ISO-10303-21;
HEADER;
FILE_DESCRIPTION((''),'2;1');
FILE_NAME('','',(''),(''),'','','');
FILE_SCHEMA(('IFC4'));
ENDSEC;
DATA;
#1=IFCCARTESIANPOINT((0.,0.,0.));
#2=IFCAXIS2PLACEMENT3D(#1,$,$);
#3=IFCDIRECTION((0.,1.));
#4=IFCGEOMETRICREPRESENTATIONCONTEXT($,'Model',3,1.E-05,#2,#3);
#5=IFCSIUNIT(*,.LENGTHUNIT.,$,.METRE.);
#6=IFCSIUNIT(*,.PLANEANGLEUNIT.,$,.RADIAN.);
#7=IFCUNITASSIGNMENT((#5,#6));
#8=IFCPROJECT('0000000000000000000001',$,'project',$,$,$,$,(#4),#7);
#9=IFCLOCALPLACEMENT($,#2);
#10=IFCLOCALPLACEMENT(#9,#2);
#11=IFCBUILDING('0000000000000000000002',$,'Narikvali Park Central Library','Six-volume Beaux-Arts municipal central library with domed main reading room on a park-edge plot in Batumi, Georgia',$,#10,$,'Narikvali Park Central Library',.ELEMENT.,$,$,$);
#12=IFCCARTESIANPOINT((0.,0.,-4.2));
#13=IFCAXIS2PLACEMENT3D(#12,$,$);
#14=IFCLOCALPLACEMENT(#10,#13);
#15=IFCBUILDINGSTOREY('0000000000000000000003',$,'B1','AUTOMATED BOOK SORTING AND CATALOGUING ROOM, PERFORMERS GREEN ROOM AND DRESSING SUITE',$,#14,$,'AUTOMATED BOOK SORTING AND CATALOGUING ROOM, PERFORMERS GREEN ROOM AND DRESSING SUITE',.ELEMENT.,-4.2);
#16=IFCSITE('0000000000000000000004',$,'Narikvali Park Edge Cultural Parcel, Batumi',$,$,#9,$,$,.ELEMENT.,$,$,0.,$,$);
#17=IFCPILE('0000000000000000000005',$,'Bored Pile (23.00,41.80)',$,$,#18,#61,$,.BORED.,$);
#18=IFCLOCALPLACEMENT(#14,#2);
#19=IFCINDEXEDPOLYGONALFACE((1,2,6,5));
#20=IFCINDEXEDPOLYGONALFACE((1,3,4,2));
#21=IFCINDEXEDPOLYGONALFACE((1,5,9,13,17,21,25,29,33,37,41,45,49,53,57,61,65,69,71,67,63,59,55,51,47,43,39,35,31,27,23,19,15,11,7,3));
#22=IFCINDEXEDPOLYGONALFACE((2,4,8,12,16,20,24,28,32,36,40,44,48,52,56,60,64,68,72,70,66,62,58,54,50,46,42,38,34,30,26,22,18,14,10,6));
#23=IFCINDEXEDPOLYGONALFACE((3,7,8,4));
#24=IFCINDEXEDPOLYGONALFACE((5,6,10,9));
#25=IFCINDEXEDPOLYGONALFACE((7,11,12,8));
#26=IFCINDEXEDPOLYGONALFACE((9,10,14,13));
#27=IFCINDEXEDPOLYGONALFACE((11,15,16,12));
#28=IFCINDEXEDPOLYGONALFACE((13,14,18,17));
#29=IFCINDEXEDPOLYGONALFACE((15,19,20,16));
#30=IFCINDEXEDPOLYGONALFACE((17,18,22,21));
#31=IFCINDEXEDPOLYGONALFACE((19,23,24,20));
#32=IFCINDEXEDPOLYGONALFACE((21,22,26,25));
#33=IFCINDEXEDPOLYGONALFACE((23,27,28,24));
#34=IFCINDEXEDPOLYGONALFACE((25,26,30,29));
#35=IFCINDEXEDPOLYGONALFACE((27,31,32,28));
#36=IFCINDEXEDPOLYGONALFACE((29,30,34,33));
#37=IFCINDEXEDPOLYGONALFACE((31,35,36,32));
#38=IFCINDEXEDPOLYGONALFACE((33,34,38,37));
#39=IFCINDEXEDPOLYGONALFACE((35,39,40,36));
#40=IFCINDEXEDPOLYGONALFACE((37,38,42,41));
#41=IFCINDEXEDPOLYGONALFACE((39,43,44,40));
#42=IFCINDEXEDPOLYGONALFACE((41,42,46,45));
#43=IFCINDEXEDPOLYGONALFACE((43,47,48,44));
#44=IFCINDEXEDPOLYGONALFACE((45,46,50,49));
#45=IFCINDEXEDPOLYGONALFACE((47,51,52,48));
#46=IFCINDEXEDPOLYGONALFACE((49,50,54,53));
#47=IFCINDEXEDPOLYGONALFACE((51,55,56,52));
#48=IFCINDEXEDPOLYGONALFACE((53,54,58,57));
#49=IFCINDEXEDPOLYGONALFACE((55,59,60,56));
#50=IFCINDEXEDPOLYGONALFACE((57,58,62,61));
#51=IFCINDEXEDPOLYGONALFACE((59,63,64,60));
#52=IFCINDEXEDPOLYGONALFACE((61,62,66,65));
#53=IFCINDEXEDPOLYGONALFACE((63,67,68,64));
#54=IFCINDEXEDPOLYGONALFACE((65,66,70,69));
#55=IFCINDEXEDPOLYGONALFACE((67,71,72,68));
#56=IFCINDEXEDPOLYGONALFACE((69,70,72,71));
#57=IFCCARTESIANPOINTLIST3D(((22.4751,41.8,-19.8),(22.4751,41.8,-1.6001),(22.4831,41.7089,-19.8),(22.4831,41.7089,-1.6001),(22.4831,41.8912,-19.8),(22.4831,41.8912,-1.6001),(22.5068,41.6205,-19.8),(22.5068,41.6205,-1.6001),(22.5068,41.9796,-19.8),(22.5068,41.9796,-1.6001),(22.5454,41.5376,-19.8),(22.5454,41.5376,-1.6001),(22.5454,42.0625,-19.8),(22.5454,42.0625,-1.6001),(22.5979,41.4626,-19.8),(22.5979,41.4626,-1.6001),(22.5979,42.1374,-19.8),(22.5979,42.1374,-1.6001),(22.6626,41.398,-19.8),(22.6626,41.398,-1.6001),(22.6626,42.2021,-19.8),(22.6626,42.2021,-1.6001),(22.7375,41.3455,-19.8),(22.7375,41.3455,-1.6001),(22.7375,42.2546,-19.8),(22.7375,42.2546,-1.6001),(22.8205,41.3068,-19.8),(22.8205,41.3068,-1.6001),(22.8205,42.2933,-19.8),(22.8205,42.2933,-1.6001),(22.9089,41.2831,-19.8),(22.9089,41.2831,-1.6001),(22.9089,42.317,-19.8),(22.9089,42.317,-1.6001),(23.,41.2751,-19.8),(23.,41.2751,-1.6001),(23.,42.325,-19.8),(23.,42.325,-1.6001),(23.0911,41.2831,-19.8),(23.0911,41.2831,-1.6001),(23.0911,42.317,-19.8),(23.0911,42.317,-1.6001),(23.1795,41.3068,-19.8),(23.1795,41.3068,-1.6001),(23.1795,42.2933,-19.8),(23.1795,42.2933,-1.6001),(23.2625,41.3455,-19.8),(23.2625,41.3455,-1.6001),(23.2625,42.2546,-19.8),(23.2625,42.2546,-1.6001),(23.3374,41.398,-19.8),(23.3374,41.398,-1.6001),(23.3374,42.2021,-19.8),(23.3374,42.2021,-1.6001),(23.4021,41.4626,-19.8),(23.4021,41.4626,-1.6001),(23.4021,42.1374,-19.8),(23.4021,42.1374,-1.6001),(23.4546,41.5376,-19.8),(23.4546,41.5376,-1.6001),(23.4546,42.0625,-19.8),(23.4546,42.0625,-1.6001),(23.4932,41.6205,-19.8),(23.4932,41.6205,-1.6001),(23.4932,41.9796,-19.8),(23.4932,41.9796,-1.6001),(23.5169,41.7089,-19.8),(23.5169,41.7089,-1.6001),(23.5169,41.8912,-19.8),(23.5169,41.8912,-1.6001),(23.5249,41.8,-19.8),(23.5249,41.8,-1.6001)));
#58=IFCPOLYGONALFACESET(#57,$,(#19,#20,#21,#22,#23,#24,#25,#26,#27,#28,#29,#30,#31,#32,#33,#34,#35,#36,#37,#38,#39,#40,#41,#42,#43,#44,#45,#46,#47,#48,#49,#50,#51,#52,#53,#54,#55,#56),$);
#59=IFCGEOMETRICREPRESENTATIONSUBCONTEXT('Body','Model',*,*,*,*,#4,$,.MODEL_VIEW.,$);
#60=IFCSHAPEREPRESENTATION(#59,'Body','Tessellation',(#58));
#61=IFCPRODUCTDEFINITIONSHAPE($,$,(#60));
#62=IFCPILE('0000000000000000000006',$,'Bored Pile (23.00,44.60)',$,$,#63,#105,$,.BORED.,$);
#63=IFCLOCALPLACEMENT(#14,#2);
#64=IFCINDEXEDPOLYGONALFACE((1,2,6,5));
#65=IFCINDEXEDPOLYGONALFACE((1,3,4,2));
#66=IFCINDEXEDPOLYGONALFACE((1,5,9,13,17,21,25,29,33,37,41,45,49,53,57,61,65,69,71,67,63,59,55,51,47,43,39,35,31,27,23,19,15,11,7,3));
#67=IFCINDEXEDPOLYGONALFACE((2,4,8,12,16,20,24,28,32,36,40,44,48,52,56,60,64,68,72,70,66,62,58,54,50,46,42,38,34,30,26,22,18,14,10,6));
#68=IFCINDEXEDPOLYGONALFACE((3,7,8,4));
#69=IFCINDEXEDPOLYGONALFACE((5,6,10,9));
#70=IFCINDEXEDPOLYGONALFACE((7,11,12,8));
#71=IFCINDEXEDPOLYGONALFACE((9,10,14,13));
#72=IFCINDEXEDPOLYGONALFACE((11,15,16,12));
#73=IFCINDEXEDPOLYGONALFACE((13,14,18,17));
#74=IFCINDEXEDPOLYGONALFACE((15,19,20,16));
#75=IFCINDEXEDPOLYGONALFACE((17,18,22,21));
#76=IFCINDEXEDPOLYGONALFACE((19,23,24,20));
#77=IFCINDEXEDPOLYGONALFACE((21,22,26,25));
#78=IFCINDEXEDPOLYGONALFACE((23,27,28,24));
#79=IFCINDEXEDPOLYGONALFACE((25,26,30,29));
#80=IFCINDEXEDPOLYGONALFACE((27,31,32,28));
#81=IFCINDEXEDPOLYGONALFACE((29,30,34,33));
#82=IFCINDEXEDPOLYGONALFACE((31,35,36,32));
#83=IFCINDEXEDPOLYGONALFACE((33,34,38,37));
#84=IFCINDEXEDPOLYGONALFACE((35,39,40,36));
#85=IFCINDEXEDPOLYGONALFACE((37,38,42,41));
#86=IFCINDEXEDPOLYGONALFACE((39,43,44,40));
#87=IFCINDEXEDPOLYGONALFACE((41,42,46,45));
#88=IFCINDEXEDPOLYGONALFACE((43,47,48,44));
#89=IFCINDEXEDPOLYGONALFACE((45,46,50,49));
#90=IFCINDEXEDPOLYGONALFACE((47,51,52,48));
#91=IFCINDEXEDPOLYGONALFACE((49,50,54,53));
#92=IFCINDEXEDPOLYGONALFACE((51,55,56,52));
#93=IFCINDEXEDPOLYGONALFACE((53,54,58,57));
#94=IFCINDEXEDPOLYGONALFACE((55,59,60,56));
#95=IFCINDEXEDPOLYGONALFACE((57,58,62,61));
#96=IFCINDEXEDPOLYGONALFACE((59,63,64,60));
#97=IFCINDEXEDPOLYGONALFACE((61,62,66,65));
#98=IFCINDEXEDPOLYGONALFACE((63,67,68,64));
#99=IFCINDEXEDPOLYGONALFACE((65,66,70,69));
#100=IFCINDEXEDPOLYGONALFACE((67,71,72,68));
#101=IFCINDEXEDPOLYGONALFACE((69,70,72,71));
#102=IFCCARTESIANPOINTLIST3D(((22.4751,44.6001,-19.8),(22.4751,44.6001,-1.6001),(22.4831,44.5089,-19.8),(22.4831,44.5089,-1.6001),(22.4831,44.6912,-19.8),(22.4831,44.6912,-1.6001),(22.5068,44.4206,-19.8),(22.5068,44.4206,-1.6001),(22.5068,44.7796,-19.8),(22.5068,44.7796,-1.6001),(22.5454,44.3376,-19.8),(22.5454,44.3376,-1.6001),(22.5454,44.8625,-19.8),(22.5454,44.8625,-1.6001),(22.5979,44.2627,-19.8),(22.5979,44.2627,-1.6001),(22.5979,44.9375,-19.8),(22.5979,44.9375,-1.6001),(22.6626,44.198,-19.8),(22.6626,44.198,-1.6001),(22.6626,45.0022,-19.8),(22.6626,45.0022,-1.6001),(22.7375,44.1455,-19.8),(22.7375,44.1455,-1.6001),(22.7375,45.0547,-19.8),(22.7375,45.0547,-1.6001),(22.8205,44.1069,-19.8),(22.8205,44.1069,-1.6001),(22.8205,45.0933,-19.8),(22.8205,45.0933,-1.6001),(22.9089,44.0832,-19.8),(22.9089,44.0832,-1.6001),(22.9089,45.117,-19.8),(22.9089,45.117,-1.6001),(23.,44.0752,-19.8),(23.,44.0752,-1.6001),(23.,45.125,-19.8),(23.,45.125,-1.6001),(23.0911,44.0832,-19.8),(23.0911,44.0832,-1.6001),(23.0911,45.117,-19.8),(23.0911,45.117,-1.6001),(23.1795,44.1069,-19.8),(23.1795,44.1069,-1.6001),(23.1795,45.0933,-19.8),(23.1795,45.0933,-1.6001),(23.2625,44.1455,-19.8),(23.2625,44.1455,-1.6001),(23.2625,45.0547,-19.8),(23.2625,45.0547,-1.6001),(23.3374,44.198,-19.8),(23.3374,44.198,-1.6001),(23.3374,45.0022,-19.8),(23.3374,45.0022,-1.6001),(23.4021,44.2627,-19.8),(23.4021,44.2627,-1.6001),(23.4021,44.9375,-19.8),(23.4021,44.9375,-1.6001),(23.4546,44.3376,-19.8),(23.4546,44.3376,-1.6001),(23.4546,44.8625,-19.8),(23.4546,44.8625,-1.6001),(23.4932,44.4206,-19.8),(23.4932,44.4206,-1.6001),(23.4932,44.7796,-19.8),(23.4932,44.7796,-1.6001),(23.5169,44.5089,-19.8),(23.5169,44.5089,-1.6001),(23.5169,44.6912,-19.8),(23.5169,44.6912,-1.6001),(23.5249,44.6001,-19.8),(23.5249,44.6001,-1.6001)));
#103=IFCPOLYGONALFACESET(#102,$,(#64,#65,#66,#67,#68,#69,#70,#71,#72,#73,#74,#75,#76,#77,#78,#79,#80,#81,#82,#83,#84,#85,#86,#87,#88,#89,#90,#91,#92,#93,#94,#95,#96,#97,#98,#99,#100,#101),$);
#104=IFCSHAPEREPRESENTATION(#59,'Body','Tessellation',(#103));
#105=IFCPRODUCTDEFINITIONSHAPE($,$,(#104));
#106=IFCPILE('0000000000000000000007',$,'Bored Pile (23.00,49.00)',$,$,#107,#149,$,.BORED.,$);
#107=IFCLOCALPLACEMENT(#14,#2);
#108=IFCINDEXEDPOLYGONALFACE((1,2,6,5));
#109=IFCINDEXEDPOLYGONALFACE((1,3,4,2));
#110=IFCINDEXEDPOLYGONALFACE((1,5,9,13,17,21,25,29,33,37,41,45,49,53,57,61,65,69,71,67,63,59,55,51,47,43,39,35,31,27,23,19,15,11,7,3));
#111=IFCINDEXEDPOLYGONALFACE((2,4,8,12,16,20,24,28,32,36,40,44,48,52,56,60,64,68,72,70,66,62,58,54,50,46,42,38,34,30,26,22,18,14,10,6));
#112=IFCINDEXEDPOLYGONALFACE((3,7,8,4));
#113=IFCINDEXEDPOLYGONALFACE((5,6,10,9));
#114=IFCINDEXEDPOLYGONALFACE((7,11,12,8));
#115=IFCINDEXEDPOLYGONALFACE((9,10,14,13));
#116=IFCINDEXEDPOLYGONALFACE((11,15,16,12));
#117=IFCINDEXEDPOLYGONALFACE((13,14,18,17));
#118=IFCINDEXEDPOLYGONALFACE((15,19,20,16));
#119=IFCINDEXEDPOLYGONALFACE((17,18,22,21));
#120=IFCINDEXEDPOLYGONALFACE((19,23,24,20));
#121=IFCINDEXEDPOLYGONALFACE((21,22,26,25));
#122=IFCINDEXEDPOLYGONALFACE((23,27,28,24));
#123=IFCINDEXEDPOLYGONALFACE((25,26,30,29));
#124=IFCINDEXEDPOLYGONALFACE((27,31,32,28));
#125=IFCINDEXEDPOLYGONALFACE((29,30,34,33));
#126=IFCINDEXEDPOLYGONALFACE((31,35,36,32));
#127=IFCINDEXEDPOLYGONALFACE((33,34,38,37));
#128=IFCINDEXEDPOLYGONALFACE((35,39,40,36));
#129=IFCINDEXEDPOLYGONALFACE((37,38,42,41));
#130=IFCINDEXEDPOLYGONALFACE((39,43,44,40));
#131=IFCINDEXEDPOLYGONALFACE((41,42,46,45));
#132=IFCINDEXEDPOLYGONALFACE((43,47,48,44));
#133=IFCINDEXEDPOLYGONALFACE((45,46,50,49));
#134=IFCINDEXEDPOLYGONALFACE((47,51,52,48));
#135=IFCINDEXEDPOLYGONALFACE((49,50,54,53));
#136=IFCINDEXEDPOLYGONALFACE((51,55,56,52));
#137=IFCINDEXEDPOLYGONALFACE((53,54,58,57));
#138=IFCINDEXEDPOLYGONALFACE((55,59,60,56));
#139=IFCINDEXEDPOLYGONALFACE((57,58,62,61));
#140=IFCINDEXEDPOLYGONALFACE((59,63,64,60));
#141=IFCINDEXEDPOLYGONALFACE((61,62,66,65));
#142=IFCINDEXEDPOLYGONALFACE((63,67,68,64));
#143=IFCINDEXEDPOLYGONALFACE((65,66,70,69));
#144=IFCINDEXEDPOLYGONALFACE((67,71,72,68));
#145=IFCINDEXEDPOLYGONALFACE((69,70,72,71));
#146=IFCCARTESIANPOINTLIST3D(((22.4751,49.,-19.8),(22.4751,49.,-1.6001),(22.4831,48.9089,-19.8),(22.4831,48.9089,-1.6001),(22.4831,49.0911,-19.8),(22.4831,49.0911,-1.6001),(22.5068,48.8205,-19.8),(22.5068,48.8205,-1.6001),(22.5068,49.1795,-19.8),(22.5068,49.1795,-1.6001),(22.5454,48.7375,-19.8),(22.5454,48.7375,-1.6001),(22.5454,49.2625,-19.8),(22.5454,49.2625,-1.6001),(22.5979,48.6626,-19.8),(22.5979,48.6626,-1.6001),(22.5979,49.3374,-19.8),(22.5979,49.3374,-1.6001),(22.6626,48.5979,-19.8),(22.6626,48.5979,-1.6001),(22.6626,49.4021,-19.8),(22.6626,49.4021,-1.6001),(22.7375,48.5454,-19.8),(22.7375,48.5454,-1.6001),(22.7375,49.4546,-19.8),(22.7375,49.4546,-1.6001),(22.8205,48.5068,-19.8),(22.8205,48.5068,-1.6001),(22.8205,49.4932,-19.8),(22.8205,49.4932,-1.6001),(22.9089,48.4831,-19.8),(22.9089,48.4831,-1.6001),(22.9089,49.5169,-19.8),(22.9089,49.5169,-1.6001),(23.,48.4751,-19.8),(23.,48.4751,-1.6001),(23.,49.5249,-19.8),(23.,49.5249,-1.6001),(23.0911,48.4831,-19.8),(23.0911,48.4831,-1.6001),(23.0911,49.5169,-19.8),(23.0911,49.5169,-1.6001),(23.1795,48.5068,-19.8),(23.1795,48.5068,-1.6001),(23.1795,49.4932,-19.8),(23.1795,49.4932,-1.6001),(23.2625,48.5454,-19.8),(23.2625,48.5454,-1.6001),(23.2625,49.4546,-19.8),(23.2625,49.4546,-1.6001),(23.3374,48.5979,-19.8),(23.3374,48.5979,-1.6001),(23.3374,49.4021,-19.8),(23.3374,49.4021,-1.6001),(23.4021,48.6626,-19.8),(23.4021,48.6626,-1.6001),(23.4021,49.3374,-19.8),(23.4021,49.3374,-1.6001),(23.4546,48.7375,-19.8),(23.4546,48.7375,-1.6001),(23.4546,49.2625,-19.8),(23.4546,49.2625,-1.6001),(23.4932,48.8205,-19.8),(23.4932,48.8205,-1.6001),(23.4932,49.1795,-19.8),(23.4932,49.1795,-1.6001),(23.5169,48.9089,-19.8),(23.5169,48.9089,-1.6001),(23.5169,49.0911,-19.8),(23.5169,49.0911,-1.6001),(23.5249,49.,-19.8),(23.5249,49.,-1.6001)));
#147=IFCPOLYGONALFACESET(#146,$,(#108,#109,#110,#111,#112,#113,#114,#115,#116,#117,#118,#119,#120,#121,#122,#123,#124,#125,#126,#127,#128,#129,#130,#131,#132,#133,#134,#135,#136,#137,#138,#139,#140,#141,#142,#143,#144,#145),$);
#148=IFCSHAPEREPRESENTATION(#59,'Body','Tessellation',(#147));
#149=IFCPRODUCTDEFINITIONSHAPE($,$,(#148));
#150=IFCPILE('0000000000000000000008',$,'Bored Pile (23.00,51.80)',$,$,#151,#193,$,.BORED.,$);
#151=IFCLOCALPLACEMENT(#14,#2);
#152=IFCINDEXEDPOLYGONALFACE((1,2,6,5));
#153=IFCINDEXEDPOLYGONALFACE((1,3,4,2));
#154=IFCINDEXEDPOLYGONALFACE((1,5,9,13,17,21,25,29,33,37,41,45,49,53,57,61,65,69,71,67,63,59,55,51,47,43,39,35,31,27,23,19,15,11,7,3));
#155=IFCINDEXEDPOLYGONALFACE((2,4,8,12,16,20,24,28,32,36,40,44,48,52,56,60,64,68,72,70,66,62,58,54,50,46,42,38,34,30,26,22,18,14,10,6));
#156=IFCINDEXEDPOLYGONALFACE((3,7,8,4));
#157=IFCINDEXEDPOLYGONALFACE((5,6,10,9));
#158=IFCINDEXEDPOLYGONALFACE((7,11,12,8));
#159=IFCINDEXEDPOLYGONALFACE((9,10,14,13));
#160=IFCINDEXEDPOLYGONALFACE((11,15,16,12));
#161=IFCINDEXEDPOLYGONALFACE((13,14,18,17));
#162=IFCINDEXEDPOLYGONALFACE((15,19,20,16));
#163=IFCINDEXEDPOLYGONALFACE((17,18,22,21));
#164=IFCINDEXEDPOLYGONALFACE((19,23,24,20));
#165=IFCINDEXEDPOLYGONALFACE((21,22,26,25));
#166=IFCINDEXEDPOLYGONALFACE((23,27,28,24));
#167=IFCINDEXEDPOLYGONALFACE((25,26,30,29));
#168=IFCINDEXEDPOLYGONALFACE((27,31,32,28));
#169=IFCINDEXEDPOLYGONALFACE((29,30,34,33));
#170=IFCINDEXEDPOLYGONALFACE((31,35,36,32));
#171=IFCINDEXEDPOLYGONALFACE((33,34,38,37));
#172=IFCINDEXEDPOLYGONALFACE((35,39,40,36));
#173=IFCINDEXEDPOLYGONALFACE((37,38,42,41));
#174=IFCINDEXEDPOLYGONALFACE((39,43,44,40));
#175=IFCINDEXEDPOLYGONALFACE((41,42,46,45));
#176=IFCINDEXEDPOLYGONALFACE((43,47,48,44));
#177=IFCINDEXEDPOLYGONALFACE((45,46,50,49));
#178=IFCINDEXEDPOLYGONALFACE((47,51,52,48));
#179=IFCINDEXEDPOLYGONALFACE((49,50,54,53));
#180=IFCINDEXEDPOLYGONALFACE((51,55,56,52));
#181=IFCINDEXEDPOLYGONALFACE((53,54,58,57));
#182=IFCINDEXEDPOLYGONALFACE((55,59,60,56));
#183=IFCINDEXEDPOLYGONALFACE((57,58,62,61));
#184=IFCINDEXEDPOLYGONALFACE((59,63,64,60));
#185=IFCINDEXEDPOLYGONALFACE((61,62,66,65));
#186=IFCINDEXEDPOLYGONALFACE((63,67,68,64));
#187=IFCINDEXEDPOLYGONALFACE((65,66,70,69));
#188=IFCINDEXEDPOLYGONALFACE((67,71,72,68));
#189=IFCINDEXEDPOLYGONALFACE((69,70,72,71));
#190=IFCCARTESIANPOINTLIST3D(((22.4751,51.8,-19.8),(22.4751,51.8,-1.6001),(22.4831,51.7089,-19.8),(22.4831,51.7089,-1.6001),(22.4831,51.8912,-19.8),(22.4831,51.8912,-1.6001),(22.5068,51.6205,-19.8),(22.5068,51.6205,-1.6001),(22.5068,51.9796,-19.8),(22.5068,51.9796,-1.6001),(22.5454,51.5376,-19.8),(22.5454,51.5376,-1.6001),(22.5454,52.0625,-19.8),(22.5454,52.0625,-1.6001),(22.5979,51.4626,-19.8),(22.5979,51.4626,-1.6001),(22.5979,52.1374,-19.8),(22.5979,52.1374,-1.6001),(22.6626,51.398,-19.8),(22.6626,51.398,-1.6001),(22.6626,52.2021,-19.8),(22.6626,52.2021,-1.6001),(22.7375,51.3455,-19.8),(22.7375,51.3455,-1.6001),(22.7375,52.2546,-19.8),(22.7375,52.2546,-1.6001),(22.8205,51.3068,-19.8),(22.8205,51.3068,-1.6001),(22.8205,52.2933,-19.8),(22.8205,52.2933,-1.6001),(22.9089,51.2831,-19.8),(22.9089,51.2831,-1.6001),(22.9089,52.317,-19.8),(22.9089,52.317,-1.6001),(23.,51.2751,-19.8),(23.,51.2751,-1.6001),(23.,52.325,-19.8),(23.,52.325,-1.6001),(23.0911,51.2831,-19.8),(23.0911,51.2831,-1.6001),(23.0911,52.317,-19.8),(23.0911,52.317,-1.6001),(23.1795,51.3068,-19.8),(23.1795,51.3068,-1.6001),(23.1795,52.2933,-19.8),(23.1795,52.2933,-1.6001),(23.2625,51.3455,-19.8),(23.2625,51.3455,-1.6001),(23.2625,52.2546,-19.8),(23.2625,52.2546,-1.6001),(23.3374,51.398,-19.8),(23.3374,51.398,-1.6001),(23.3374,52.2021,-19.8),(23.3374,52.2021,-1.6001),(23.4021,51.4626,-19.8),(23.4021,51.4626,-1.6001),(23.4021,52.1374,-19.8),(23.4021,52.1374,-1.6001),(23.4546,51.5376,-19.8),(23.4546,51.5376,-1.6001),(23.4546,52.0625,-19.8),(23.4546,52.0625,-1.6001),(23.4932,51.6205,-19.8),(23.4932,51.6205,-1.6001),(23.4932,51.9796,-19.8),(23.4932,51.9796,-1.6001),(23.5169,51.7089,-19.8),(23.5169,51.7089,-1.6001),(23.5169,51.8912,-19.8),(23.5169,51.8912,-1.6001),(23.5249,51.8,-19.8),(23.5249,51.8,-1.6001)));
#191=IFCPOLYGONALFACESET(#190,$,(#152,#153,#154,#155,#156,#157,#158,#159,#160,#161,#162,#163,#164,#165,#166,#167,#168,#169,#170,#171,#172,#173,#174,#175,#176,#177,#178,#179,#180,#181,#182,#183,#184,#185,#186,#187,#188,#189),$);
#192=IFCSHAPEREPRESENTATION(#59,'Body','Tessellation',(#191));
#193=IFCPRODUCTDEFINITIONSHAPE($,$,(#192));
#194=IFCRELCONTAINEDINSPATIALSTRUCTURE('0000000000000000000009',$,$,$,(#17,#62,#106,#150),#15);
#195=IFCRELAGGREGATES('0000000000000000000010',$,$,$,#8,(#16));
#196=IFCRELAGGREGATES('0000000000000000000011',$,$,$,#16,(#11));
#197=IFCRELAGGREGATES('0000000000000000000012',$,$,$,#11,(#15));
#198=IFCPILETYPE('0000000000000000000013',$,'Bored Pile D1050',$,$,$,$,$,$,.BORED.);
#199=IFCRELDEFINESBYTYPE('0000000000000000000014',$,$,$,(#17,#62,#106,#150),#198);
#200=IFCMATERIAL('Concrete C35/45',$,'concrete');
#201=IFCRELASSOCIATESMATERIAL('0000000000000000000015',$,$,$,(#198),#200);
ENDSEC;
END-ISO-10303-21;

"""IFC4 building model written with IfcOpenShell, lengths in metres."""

from ifc_helpers import new_model, si_unit, direction, frame, origin, origin_2d, place, context, subcontext, project, spatial, circle, extrude, material, material_profile, profile_set, type_object, element, save


model = new_model("IFC4")

# Units and contexts
model_context = context("Model", 3, precision=1e-05, world=origin(), true_north=direction((0.0, 1.0)))
body_context = subcontext(model_context, "Body", "Model", "MODEL_VIEW")
ifc_project = project(units=[si_unit("LENGTHUNIT", "METRE"), si_unit("PLANEANGLEUNIT", "RADIAN")], contexts=[model_context])

# Site, building, storey
site_placement = place(None, origin())
site = spatial("IfcSite", under=ifc_project, at=site_placement, Name="Narikvali Park Edge Cultural Parcel, Batumi", CompositionType="ELEMENT", RefElevation=0.0)
building_placement = place(site_placement, origin())
building = spatial("IfcBuilding", under=site, at=building_placement, Name="Narikvali Park Central Library", Description="Six-volume Beaux-Arts municipal central library with domed main reading room on a park-edge plot in Batumi, Georgia", LongName="Narikvali Park Central Library", CompositionType="ELEMENT")
storey_placement = place(building_placement, frame((0.0, 0.0, -4.2)))
storey = spatial("IfcBuildingStorey", under=building, at=storey_placement, Name="B1", Description="AUTOMATED BOOK SORTING AND CATALOGUING ROOM, PERFORMERS GREEN ROOM AND DRESSING SUITE", LongName="AUTOMATED BOOK SORTING AND CATALOGUING ROOM, PERFORMERS GREEN ROOM AND DRESSING SUITE", CompositionType="ELEMENT", Elevation=-4.2)

# Piles
ifc_material_1 = material(Name="Concrete C35/45", Category="concrete")
ifc_material_profile_1 = material_profile(ifc_material_1, circle(Radius=0.5249, at=origin_2d()), Name="PILE D1050")
ifc_profile_set_1 = profile_set([ifc_material_profile_1], Name="Concrete C35/45")
pile_type_1 = type_object("IfcPileType", Name="Bored Pile D1050", PredefinedType="BORED", material=ifc_profile_set_1)
for number, where, z_axis, x_axis, name in (
    (1, (23.0, 41.8, -1.6001), (0.0, 0.0, -1.0), (1.0, 0.0, 0.0), "Bored Pile (23.00,41.80)"),
    (2, (23.0, 44.6001, -1.6001), (0.0, 0.0, -1.0), (1.0, 0.0, 0.0), "Bored Pile (23.00,44.60)"),
    (3, (23.0, 49.0, -1.6001), (0.0, 0.0, -1.0), (1.0, 0.0, 0.0), "Bored Pile (23.00,49.00)"),
    (4, (23.0, 51.8, -1.6001), (0.0, 0.0, -1.0), (1.0, 0.0, 0.0), "Bored Pile (23.00,51.80)"),
):
    element("IfcPile", number, at=place(storey_placement, frame(where, z_axis=z_axis, x_axis=x_axis)), inside=storey, type_object=pile_type_1, Name=name, PredefinedType="BORED", context=body_context, shape_type="SweptSolid", body=[
        extrude(circle(Radius=0.5249, at=origin_2d()), origin(), (0.0, 0.0, 1.0), 18.2),
    ])

save(model, "model.ifc")
